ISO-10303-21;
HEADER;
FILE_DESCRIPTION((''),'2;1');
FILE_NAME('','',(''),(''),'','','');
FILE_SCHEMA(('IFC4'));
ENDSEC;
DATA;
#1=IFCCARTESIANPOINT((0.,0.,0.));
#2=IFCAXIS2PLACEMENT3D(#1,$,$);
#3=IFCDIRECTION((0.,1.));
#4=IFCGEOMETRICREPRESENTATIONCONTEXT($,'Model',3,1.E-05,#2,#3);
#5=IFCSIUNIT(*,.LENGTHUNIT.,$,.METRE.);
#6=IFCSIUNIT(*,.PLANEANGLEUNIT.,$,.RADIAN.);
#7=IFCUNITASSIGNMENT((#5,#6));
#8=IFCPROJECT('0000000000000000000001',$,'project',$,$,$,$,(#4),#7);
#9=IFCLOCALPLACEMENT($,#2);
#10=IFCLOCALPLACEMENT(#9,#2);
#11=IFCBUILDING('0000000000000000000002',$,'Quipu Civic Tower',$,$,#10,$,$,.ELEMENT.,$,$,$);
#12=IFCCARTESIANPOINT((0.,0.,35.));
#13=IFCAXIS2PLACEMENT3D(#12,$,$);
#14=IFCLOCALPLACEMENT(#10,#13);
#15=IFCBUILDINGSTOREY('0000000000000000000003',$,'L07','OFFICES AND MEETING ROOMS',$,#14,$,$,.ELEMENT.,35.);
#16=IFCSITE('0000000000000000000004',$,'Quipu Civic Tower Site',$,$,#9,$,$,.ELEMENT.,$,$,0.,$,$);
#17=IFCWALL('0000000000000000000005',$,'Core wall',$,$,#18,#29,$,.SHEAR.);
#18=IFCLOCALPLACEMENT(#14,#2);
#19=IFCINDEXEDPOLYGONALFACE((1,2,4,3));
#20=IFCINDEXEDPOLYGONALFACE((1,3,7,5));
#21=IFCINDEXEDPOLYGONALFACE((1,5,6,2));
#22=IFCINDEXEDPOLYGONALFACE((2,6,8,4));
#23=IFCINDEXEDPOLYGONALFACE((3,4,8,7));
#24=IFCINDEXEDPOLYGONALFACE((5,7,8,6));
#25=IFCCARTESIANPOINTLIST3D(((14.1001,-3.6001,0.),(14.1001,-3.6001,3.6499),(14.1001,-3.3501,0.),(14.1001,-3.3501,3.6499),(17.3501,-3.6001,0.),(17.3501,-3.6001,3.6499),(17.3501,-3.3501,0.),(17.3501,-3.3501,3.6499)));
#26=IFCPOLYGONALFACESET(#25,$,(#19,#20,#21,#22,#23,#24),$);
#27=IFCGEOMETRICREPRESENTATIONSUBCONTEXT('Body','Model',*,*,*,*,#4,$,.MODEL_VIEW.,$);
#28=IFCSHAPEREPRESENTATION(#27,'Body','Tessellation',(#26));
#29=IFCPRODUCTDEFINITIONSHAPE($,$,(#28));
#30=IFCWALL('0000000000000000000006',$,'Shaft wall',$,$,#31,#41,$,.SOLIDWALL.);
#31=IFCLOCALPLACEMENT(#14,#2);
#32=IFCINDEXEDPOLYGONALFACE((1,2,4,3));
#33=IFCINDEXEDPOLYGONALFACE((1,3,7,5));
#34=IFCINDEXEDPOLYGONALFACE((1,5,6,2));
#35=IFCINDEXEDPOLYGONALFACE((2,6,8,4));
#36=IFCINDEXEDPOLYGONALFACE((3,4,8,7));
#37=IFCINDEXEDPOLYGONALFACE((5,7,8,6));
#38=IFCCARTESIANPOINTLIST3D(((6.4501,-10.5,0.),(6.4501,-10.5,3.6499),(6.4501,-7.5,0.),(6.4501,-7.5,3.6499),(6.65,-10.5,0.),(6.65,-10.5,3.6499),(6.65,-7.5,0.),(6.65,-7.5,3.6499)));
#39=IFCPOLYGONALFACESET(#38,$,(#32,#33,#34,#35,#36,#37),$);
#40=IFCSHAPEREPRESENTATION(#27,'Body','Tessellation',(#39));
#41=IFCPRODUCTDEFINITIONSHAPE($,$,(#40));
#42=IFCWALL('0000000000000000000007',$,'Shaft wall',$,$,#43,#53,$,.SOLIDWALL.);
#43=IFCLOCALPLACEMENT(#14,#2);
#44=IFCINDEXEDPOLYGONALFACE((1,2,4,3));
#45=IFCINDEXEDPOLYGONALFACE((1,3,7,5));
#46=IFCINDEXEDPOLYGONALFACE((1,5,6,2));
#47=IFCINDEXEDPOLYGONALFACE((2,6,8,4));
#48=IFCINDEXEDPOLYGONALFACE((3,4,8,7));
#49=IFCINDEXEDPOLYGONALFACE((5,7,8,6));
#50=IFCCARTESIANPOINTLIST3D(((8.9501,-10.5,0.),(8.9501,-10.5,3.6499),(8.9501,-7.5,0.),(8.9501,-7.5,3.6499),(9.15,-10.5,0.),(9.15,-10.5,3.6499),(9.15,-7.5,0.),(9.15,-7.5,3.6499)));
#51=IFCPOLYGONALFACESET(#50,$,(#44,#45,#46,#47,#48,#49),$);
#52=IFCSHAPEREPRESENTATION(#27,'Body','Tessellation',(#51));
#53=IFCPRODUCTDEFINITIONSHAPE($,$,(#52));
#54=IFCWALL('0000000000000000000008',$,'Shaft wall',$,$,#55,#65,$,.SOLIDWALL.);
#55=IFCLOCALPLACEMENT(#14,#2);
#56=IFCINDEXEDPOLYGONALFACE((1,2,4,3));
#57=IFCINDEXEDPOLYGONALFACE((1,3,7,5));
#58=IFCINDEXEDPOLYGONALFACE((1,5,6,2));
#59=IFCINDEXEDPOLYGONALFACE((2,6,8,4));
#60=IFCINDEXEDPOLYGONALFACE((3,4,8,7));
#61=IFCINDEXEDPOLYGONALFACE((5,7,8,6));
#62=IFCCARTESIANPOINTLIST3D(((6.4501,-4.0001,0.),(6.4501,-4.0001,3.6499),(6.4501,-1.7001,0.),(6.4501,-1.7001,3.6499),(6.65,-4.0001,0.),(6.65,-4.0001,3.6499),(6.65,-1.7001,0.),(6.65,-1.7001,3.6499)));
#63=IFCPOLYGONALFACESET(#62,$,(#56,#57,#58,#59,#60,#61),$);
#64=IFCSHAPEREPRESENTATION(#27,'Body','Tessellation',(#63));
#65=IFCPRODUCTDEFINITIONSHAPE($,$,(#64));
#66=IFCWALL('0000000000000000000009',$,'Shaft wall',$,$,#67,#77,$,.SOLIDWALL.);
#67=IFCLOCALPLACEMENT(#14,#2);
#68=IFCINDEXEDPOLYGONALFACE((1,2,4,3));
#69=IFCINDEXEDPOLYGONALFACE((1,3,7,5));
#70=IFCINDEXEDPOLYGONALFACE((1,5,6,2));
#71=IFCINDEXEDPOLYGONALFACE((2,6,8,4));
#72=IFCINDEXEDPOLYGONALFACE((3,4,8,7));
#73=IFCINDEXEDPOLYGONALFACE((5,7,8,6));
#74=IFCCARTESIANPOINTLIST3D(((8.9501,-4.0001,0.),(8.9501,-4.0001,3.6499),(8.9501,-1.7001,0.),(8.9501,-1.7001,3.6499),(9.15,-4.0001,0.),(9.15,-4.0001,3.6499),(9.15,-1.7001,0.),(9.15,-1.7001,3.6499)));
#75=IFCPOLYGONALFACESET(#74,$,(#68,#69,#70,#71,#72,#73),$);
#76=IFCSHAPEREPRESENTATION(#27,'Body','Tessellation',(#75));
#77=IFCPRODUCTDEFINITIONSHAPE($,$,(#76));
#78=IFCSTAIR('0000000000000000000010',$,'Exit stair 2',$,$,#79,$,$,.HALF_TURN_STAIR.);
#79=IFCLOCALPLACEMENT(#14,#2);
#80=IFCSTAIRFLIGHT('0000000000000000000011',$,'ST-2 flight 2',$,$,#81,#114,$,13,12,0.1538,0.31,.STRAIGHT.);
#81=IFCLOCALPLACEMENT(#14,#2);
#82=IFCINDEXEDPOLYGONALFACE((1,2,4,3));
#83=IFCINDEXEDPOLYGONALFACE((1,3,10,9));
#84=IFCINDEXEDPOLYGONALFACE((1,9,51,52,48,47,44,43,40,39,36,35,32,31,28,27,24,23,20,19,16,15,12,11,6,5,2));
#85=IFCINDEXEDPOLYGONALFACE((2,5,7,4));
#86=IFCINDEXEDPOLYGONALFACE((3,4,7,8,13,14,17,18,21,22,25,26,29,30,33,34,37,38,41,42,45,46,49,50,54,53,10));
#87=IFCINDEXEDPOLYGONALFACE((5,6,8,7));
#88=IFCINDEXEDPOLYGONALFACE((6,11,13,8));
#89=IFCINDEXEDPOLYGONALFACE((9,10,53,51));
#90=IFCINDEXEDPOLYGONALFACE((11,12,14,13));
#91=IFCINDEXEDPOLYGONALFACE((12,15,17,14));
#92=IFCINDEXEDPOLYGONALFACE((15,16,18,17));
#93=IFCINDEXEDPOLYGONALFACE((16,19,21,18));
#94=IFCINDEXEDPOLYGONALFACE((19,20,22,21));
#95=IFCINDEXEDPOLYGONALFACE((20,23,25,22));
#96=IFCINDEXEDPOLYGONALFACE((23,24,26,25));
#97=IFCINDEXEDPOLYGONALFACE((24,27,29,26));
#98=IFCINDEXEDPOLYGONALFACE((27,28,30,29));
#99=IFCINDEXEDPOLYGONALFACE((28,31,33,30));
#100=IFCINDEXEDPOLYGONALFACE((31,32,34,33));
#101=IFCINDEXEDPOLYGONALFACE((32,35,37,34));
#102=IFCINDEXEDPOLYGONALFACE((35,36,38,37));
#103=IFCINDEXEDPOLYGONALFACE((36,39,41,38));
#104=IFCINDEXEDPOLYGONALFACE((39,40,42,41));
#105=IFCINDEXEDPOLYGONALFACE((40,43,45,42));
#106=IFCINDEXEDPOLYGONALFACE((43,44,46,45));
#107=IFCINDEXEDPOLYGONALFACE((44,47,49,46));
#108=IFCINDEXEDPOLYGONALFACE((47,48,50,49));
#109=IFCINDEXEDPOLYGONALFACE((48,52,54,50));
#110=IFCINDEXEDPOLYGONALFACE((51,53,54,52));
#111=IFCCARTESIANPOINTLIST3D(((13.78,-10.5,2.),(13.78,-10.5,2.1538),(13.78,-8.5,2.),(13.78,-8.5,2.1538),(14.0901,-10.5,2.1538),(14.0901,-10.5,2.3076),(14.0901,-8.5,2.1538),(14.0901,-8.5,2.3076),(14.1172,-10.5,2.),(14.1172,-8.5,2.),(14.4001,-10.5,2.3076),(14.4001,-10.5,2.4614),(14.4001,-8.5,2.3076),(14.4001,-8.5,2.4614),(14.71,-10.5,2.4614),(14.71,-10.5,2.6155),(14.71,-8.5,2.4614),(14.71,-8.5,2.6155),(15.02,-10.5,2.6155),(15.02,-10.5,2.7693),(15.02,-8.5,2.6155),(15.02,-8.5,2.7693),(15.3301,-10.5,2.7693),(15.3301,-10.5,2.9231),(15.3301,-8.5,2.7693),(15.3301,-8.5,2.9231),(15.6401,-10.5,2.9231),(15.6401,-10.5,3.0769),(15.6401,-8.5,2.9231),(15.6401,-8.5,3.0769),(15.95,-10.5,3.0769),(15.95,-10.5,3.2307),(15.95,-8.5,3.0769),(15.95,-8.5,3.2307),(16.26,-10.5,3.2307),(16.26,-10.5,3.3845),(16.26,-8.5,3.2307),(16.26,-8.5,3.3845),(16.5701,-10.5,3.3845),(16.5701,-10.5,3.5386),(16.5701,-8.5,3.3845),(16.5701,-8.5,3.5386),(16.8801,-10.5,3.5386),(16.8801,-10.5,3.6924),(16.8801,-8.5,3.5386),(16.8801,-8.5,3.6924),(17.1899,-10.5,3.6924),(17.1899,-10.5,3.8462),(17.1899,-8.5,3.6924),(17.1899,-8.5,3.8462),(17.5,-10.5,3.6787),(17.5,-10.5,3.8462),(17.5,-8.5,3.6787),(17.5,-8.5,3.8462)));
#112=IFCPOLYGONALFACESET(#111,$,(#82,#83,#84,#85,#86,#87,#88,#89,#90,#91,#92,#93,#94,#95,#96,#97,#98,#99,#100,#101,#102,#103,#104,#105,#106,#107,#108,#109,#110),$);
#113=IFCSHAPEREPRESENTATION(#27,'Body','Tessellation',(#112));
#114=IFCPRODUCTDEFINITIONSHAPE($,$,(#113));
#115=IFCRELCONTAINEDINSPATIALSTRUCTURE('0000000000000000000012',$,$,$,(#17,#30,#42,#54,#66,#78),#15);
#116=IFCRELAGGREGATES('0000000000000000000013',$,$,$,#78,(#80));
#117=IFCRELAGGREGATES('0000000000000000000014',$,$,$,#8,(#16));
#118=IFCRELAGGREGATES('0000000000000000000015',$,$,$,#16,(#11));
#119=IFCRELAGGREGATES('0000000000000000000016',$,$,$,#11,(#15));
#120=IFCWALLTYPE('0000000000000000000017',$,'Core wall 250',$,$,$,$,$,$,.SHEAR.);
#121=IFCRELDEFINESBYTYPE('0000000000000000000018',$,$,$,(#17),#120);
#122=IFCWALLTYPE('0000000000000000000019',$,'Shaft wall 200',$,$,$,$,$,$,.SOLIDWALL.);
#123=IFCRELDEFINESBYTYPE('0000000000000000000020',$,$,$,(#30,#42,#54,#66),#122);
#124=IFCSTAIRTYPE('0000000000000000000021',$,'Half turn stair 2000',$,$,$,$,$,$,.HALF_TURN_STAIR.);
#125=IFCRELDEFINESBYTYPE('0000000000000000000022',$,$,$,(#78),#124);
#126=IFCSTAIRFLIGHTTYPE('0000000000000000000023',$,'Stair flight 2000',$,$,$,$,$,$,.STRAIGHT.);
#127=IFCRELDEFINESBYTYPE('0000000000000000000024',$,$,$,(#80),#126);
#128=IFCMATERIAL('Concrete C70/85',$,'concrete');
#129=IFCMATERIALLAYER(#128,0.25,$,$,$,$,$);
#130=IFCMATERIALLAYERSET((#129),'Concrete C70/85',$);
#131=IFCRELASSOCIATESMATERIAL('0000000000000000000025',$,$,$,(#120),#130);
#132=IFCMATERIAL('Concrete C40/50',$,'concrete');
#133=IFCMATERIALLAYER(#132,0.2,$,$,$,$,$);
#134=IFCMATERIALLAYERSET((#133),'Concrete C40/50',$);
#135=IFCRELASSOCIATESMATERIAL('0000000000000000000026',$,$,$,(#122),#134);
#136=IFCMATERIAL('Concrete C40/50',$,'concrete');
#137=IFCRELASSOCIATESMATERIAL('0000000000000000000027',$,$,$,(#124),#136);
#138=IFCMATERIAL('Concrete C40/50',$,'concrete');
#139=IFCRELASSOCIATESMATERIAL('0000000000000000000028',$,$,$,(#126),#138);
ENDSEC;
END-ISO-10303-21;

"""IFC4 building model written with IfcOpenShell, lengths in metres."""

from ifc_helpers import new_model, si_unit, direction, frame, frame_2d, origin, place, context, subcontext, project, spatial, polyline, rectangle, outline, extrude, material, layer, layer_set, type_object, element, aggregate, save


model = new_model("IFC4")

# Units and contexts
model_context = context("Model", 3, precision=1e-05, world=origin(), true_north=direction((0.0, 1.0)))
body_context = subcontext(model_context, "Body", "Model", "MODEL_VIEW")
ifc_project = project(units=[si_unit("LENGTHUNIT", "METRE"), si_unit("PLANEANGLEUNIT", "RADIAN")], contexts=[model_context])

# Site, building, storey
site_placement = place(None, origin())
site = spatial("IfcSite", under=ifc_project, at=site_placement, Name="Quipu Civic Tower Site", CompositionType="ELEMENT", RefElevation=0.0)
building_placement = place(site_placement, origin())
building = spatial("IfcBuilding", under=site, at=building_placement, Name="Quipu Civic Tower", CompositionType="ELEMENT")
storey_placement = place(building_placement, frame((0.0, 0.0, 35.0)))
storey = spatial("IfcBuildingStorey", under=building, at=storey_placement, Name="L07", Description="OFFICES AND MEETING ROOMS", CompositionType="ELEMENT", Elevation=35.0)

# Shared definitions
ifc_material_1 = material(Name="Concrete C70/85", Category="concrete")
ifc_layer_1 = layer(ifc_material_1, 0.25)
ifc_layer_set_1 = layer_set([ifc_layer_1], Name="Concrete C70/85")
wall_type_1 = type_object("IfcWallType", Name="Core wall 250", PredefinedType="SHEAR", material=ifc_layer_set_1)

# Walls
wall_1_placement = place(storey_placement, frame((14.1001, -3.4751, 0.0), z_axis=(0.0, 0.0, 1.0), x_axis=(1.0, 0.0, 0.0)))
element("IfcWall", 1, at=wall_1_placement, inside=storey, type_object=wall_type_1, Name="Core wall", PredefinedType="SHEAR", context=body_context, shape_type="SweptSolid", body=[
    extrude(rectangle(XDim=3.25, YDim=0.25, at=frame_2d((1.625, 0.0))), origin(), (0.0, 0.0, 1.0), 3.6499),
])
ifc_material_2 = material(Name="Concrete C40/50", Category="concrete")
ifc_layer_2 = layer(ifc_material_2, 0.2)
ifc_layer_set_2 = layer_set([ifc_layer_2], Name="Concrete C40/50")
wall_type_2 = type_object("IfcWallType", Name="Shaft wall 200", PredefinedType="SOLIDWALL", material=ifc_layer_set_2)
for number, where, z_axis, x_axis, name in (
    (2, (6.55, -10.5, 0.0), (0.0, 0.0, 1.0), (0.0, 1.0, 0.0), "Shaft wall"),
    (3, (9.05, -10.5, 0.0), (0.0, 0.0, 1.0), (0.0, 1.0, 0.0), "Shaft wall"),
):
    element("IfcWall", number, at=place(storey_placement, frame(where, z_axis=z_axis, x_axis=x_axis)), inside=storey, type_object=wall_type_2, Name=name, PredefinedType="SOLIDWALL", context=body_context, shape_type="SweptSolid", body=[
        extrude(rectangle(XDim=3.0, YDim=0.2, at=frame_2d((1.5, 0.0))), origin(), (0.0, 0.0, 1.0), 3.6499),
    ])
for number, where, z_axis, x_axis, name in (
    (4, (6.55, -4.0, 0.0), (0.0, 0.0, 1.0), (0.0, 1.0, 0.0), "Shaft wall"),
    (5, (9.05, -4.0, 0.0), (0.0, 0.0, 1.0), (0.0, 1.0, 0.0), "Shaft wall"),
):
    element("IfcWall", number, at=place(storey_placement, frame(where, z_axis=z_axis, x_axis=x_axis)), inside=storey, type_object=wall_type_2, Name=name, PredefinedType="SOLIDWALL", context=body_context, shape_type="SweptSolid", body=[
        extrude(rectangle(XDim=2.3, YDim=0.2, at=frame_2d((1.1499, 0.0))), origin(), (0.0, 0.0, 1.0), 3.6499),
    ])

# Stair, stair flight
ifc_material_3 = material(Name="Concrete C40/50", Category="concrete")
stair_type = type_object("IfcStairType", Name="Half turn stair 2000", PredefinedType="HALF_TURN_STAIR", material=ifc_material_3)
stair_placement = place(storey_placement, origin())
stair = element("IfcStair", 6, at=stair_placement, inside=storey, type_object=stair_type, Name="Exit stair 2", PredefinedType="HALF_TURN_STAIR")
ifc_material_4 = material(Name="Concrete C40/50", Category="concrete")
stair_flight_type = type_object("IfcStairFlightType", Name="Stair flight 2000", PredefinedType="STRAIGHT", material=ifc_material_4)
stair_flight_placement = place(storey_placement, frame((13.78, -9.5, 2.0), z_axis=(0.0, 0.0, 1.0), x_axis=(1.0, 0.0, 0.0)))
stair_flight = element("IfcStairFlight", 7, at=stair_flight_placement, type_object=stair_flight_type, Name="ST-2 flight 2", NumberOfRisers=13, NumberOfTreads=12, PredefinedType="STRAIGHT", RiserHeight=0.1538, TreadLength=0.31, context=body_context, shape_type="SweptSolid", body=[
    extrude(outline(polyline([(0.0, 0.0), (0.0, 0.1538), (0.3101, 0.1538), (0.3101, 0.3076), (0.6201, 0.3076), (0.6201, 0.4614), (0.9299, 0.4614), (0.9299, 0.6155), (1.24, 0.6155), (1.24, 0.7693), (1.55, 0.7693), (1.55, 0.9231), (1.8601, 0.9231), (1.8601, 1.0769), (2.1699, 1.0769), (2.1699, 1.2307), (2.48, 1.2307), (2.48, 1.3845), (2.79, 1.3845), (2.79, 1.5386), (3.1001, 1.5386), (3.1001, 1.6924), (3.4099, 1.6924), (3.4099, 1.8462), (3.72, 1.8462), (3.72, 2.0), (3.72, 1.6787), (0.3372, 0.0), (0.0, 0.0)])), frame((0.0, 1.0, 0.0), z_axis=(0.0, -1.0, 0.0), x_axis=(1.0, 0.0, 0.0)), (0.0, 0.0, 1.0), 2.0),
])
aggregate(stair, [stair_flight])

save(model, "model.ifc")
